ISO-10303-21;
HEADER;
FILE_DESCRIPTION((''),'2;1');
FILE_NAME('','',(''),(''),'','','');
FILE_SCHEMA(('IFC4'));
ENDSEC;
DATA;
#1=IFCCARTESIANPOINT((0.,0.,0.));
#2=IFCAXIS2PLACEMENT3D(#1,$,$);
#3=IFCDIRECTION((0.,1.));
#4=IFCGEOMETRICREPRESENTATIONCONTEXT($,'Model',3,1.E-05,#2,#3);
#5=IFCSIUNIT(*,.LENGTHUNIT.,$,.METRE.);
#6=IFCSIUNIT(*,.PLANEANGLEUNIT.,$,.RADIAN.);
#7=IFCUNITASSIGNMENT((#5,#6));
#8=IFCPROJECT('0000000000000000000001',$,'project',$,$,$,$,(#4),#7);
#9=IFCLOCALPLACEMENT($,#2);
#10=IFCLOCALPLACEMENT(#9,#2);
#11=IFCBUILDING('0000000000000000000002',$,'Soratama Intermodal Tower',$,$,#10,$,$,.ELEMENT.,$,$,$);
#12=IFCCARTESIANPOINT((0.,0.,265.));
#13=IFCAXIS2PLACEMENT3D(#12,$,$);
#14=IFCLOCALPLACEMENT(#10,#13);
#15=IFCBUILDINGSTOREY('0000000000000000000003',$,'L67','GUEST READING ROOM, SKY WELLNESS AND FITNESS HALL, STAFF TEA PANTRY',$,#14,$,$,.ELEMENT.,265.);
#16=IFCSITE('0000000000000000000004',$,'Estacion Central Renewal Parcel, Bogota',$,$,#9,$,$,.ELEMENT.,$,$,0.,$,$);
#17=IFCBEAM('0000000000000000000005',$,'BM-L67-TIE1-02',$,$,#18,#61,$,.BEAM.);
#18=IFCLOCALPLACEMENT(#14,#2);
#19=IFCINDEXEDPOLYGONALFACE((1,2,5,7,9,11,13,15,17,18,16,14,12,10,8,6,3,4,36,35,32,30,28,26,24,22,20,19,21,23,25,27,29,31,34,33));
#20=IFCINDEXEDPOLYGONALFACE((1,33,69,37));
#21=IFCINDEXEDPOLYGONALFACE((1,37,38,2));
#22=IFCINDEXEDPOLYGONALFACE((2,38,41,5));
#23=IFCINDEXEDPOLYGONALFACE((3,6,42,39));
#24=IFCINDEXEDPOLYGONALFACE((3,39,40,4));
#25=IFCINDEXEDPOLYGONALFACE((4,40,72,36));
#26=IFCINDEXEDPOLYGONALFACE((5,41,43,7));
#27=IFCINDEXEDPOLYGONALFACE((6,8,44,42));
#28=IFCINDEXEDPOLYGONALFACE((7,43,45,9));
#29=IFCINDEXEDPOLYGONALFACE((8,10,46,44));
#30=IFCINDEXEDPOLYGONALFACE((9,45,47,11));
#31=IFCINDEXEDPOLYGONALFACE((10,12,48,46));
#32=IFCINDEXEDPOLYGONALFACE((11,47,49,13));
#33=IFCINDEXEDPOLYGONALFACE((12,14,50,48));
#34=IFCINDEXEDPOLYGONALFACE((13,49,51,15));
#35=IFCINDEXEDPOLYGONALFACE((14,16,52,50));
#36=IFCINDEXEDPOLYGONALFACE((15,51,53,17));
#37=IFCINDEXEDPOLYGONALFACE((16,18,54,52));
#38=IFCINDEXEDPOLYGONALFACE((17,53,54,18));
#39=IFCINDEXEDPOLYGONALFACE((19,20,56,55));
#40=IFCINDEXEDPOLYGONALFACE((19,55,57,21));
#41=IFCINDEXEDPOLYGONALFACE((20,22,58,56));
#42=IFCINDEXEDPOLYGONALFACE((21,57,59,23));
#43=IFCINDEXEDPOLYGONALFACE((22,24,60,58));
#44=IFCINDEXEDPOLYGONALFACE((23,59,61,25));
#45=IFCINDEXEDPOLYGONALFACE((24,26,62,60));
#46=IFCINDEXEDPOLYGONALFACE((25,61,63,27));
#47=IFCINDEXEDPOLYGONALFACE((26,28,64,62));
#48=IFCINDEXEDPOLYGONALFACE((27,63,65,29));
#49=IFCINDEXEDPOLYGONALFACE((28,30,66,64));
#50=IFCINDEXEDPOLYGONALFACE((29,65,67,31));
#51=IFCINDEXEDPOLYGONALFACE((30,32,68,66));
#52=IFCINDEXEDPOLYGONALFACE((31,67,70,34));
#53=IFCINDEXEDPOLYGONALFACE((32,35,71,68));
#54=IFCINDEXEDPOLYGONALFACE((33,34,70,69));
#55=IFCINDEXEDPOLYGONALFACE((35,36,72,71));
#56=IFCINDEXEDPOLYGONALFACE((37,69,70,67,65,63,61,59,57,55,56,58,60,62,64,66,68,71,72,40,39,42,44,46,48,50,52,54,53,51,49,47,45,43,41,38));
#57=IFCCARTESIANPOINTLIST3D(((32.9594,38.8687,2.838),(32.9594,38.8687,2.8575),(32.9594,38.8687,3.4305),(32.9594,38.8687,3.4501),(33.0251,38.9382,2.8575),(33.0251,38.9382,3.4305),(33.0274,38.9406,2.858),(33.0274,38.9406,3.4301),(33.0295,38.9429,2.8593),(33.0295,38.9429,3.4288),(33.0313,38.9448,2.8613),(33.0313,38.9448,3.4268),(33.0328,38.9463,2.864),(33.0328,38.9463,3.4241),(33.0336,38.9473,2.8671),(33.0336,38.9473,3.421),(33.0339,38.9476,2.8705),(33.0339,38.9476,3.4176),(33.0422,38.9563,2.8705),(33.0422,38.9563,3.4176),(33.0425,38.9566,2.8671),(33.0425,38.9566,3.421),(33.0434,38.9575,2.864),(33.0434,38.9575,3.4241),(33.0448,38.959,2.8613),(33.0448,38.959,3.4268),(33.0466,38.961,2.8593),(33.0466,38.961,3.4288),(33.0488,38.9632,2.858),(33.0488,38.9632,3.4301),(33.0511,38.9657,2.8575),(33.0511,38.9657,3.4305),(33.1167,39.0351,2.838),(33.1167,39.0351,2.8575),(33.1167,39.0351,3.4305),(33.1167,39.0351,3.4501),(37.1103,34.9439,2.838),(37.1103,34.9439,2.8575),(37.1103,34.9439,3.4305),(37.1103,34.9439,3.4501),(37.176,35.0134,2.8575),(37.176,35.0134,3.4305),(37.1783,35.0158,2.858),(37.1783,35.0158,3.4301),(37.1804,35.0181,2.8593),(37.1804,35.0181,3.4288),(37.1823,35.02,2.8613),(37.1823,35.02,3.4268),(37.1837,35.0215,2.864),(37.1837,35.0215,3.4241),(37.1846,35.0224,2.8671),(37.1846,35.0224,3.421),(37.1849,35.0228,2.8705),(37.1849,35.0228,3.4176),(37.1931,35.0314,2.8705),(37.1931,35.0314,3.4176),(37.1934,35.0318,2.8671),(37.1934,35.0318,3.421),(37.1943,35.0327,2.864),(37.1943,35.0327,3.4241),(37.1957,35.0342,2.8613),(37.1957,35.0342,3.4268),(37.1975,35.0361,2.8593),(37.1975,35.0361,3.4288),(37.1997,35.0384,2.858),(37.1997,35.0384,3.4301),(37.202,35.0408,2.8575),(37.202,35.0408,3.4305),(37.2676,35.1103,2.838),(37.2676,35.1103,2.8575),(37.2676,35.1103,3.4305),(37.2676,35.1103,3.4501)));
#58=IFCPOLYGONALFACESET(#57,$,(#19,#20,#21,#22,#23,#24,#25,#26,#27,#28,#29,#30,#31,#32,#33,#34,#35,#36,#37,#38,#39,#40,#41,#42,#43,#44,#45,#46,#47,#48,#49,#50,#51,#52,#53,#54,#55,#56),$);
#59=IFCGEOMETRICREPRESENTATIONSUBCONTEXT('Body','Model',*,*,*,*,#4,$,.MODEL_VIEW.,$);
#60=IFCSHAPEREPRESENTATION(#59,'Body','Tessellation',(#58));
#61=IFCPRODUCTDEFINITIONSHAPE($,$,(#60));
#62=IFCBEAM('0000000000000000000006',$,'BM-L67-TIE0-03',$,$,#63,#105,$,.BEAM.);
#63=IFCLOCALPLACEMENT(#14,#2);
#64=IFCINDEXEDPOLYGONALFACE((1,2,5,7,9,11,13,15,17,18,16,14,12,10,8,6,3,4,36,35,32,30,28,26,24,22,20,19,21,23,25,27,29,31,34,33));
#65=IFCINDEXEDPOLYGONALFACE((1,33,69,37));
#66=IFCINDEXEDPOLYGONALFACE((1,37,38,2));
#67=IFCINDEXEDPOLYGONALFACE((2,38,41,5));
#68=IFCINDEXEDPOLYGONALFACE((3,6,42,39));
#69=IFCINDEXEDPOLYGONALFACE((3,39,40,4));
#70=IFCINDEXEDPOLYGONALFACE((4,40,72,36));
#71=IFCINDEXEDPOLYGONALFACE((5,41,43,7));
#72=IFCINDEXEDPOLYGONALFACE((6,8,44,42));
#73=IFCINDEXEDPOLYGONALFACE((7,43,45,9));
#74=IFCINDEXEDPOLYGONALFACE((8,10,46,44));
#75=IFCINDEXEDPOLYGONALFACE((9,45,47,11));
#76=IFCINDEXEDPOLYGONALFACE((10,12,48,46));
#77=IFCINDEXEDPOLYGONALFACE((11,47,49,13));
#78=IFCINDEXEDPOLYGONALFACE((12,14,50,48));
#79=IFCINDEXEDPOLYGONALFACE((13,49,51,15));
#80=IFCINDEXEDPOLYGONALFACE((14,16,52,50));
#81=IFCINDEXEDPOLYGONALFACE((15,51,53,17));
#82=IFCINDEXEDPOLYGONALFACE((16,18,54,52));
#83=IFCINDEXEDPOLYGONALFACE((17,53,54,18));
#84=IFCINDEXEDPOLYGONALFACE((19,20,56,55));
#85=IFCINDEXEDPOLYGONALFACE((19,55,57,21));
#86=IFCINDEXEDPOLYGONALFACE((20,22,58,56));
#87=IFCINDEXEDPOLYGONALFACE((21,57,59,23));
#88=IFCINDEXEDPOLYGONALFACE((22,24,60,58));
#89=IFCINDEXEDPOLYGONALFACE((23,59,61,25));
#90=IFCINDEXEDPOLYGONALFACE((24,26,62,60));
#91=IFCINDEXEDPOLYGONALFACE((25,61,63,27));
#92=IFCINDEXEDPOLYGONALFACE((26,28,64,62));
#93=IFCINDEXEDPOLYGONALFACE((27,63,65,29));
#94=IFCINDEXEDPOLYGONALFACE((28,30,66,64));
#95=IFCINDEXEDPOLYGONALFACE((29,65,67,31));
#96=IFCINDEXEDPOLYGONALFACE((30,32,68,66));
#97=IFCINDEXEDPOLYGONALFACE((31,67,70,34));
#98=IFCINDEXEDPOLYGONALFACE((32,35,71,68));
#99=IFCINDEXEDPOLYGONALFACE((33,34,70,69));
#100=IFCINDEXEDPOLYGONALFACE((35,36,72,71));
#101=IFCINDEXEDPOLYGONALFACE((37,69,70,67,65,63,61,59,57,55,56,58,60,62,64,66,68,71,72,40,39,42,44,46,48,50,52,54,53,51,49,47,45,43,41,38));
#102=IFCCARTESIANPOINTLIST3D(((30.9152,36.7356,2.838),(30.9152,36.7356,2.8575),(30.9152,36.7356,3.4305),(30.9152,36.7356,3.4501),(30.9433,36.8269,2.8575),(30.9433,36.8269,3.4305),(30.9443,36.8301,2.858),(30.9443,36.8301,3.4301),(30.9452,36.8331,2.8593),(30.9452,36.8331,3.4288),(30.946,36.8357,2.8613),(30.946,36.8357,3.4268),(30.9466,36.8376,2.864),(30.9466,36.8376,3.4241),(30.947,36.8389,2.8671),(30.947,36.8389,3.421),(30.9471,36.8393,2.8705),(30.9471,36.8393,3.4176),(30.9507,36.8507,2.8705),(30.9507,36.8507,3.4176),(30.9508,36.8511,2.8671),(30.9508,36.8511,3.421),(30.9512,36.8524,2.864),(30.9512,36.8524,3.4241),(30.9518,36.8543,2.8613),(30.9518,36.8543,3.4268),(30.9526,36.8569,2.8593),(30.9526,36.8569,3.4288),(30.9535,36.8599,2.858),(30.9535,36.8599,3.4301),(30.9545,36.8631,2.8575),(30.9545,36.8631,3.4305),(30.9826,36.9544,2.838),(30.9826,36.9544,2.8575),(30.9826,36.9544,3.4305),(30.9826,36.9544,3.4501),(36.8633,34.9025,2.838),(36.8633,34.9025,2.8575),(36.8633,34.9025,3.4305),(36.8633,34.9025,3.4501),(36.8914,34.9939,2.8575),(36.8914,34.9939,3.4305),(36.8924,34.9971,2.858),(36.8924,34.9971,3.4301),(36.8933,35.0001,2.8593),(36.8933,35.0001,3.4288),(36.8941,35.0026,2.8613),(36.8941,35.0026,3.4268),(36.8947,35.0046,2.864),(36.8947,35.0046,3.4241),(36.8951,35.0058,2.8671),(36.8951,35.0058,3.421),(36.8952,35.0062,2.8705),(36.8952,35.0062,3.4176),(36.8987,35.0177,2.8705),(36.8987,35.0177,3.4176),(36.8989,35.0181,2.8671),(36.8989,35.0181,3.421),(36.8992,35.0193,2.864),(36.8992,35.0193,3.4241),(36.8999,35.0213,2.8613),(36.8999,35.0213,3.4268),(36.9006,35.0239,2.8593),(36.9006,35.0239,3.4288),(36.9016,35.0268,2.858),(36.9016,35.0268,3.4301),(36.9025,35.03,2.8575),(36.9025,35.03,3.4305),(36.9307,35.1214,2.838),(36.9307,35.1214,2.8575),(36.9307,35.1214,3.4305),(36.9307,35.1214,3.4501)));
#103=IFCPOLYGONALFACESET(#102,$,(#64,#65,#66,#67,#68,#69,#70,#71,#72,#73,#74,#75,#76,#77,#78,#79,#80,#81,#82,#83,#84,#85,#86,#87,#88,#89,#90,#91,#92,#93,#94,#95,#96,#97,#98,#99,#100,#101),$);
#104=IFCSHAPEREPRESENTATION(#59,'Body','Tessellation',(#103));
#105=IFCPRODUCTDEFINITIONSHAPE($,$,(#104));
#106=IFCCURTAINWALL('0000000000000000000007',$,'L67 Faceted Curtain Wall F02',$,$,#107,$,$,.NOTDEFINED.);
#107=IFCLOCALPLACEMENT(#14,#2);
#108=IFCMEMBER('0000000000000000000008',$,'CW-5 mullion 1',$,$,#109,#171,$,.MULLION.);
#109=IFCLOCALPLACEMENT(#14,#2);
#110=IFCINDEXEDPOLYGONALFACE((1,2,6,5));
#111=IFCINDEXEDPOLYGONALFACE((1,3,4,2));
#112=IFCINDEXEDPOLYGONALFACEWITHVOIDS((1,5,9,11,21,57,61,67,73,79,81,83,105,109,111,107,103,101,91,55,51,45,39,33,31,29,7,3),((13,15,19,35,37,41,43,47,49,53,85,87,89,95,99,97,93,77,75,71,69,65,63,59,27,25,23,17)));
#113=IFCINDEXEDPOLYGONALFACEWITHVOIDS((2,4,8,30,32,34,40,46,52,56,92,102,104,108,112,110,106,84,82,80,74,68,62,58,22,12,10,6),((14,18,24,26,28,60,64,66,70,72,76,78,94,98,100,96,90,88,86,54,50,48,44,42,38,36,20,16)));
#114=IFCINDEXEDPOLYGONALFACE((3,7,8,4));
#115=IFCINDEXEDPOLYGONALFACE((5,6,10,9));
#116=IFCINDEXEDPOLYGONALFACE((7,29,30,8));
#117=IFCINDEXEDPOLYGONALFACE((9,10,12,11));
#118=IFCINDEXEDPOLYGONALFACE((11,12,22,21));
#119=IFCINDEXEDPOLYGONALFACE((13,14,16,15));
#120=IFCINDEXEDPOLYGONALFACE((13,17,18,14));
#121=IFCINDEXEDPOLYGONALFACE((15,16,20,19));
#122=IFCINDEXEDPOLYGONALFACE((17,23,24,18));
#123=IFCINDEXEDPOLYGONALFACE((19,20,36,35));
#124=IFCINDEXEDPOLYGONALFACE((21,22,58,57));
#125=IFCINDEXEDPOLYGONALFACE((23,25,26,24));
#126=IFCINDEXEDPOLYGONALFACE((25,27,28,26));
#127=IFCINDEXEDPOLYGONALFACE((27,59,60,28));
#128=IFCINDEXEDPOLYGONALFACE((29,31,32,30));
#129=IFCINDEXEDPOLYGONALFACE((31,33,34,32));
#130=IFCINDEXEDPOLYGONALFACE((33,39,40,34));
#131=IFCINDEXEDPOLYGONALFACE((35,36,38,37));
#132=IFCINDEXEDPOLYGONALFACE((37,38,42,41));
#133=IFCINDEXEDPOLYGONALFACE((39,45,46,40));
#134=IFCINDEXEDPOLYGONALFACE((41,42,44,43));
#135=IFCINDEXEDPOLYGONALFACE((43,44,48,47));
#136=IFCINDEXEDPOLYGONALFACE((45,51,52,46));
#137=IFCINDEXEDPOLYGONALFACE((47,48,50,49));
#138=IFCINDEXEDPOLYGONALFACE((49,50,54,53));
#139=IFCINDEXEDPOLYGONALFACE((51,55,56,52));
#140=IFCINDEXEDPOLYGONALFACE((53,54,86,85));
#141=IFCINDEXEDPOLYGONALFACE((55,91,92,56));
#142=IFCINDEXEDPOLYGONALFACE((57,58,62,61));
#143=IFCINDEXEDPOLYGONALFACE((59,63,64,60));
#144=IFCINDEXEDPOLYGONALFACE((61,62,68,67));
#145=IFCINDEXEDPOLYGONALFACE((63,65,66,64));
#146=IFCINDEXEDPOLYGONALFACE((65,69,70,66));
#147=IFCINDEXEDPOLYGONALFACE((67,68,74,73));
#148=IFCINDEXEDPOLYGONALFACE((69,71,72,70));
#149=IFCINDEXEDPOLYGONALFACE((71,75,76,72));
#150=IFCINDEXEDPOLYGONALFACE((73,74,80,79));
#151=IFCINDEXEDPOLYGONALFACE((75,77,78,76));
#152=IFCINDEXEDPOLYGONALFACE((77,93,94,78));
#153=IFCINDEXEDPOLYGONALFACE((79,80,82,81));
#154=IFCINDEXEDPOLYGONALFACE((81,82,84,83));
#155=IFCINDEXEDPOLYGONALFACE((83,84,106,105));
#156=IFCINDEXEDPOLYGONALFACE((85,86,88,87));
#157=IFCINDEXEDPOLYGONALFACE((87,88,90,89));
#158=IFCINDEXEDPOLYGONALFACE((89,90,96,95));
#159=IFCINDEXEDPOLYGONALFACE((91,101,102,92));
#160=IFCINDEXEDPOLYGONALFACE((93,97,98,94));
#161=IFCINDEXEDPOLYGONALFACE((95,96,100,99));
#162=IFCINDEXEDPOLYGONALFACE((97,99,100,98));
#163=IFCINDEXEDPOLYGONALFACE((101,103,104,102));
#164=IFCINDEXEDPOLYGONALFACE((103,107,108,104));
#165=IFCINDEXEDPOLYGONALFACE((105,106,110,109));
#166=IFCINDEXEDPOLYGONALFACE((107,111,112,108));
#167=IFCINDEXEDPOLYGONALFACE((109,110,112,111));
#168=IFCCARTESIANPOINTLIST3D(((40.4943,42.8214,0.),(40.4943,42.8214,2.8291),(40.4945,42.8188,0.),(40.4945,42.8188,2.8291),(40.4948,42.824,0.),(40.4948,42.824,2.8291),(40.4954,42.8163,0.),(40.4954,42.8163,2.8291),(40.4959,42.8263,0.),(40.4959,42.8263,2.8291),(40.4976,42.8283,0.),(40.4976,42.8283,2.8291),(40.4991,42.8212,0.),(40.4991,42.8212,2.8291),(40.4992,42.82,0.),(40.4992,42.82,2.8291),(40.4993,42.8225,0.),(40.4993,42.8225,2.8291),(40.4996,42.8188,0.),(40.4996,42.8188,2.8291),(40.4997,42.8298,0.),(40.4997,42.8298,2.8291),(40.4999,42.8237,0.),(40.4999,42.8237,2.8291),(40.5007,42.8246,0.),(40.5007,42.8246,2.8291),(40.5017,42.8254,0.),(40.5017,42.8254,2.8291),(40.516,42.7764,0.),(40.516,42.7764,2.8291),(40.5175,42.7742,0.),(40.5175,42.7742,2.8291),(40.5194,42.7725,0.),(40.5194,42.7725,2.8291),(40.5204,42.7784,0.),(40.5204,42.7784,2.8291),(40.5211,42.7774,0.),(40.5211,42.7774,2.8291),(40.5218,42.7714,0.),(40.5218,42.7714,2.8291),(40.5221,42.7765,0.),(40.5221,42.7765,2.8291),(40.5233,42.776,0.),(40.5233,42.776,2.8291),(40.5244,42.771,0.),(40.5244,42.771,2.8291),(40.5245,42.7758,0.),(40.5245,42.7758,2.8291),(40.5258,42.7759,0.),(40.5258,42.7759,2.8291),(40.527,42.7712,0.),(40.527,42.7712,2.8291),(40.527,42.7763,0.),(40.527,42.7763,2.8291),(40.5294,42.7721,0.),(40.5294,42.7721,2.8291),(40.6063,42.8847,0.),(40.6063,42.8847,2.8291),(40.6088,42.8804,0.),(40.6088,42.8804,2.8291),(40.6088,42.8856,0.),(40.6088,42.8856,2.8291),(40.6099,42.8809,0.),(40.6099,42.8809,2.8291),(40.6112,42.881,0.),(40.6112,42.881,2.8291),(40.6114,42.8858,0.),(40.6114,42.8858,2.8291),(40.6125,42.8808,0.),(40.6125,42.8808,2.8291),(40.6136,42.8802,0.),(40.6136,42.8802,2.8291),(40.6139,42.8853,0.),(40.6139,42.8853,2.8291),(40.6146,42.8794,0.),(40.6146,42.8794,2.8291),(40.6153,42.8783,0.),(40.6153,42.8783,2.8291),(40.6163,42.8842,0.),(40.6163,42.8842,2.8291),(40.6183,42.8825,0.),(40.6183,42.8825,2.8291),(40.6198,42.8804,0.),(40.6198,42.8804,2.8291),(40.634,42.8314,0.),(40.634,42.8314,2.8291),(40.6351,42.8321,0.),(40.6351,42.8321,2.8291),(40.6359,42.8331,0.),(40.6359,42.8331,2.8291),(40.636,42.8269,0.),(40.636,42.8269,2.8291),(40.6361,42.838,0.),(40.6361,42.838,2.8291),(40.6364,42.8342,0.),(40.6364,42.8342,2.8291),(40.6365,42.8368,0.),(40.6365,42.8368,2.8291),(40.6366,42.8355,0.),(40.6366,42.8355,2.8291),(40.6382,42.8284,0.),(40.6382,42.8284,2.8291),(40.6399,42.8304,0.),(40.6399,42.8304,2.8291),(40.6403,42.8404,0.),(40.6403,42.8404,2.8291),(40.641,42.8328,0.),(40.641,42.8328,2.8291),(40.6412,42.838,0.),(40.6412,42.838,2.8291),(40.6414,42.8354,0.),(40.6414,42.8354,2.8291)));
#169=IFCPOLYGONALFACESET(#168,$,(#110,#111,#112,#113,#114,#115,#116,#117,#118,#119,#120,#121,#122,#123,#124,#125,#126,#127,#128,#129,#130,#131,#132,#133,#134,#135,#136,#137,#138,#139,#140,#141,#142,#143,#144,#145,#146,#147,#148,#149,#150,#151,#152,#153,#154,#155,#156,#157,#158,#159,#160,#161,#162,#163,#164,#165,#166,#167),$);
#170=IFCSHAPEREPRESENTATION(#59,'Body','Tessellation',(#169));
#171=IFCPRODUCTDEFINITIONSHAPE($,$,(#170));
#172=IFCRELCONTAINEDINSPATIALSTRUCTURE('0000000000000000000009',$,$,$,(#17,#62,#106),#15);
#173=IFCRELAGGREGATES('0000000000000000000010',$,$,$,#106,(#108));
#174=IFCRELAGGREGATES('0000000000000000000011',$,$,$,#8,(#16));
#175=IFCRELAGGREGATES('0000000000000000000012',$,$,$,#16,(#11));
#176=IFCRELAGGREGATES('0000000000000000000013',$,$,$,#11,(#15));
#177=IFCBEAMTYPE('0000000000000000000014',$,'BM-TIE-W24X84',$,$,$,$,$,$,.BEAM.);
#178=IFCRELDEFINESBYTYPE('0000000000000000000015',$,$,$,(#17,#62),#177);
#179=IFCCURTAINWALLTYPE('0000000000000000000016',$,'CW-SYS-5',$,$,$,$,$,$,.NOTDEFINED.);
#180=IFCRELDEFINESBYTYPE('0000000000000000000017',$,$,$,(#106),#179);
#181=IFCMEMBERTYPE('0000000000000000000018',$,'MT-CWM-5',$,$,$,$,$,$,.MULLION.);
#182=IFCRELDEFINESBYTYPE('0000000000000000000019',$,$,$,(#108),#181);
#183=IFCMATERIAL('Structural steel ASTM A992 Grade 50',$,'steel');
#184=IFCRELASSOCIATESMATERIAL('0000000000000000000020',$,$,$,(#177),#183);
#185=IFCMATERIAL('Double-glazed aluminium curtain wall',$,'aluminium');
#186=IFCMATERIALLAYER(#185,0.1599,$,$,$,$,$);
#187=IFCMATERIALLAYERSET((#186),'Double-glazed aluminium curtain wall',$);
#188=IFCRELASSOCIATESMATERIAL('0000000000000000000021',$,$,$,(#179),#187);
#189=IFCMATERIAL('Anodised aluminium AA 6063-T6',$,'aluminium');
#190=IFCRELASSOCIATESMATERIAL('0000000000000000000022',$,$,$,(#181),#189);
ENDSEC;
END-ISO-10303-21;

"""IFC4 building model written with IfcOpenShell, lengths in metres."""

from ifc_helpers import new_model, si_unit, direction, frame, origin, origin_2d, place, context, subcontext, project, spatial, hollow_rectangle, i_section, extrude, material, layer, layer_set, material_profile, profile_set, type_object, element, aggregate, save


model = new_model("IFC4")

# Units and contexts
model_context = context("Model", 3, precision=1e-05, world=origin(), true_north=direction((0.0, 1.0)))
body_context = subcontext(model_context, "Body", "Model", "MODEL_VIEW")
ifc_project = project(units=[si_unit("LENGTHUNIT", "METRE"), si_unit("PLANEANGLEUNIT", "RADIAN")], contexts=[model_context])

# Site, building, storey
site_placement = place(None, origin())
site = spatial("IfcSite", under=ifc_project, at=site_placement, Name="Estacion Central Renewal Parcel, Bogota", CompositionType="ELEMENT", RefElevation=0.0)
building_placement = place(site_placement, origin())
building = spatial("IfcBuilding", under=site, at=building_placement, Name="Soratama Intermodal Tower", CompositionType="ELEMENT")
storey_placement = place(building_placement, frame((0.0, 0.0, 265.0)))
storey = spatial("IfcBuildingStorey", under=building, at=storey_placement, Name="L67", Description="GUEST READING ROOM, SKY WELLNESS AND FITNESS HALL, STAFF TEA PANTRY", CompositionType="ELEMENT", Elevation=265.0)

# Beams
ifc_material_1 = material(Name="Structural steel ASTM A992 Grade 50", Category="steel")
ifc_material_profile_1 = material_profile(ifc_material_1, i_section(OverallWidth=0.229, OverallDepth=0.6121, WebThickness=0.012, FlangeThickness=0.0195, FilletRadius=0.0129, at=origin_2d()), Name="W24X84")
ifc_profile_set_1 = profile_set([ifc_material_profile_1], Name="Structural steel ASTM A992 Grade 50")
beam_type_1 = type_object("IfcBeamType", Name="BM-TIE-W24X84", PredefinedType="BEAM", material=ifc_profile_set_1)
beam_1_placement = place(storey_placement, frame((37.189, 35.0271, 3.144), z_axis=(-0.726617, 0.687043, 0.0), x_axis=(-0.687043, -0.726617, 0.0)))
element("IfcBeam", 1, at=beam_1_placement, inside=storey, type_object=beam_type_1, Name="BM-L67-TIE1-02", PredefinedType="BEAM", context=body_context, shape_type="SweptSolid", body=[
    extrude(i_section(OverallWidth=0.229, OverallDepth=0.6121, WebThickness=0.012, FlangeThickness=0.0195, FilletRadius=0.0129, at=origin_2d()), origin(), (0.0, 0.0, 1.0), 5.7126),
])
beam_2_placement = place(storey_placement, frame((36.897, 35.012, 3.144), z_axis=(-0.95565, 0.294505, 0.0), x_axis=(-0.294505, -0.95565, 0.0)))
element("IfcBeam", 2, at=beam_2_placement, inside=storey, type_object=beam_type_1, Name="BM-L67-TIE0-03", PredefinedType="BEAM", context=body_context, shape_type="SweptSolid", body=[
    extrude(i_section(OverallWidth=0.229, OverallDepth=0.6121, WebThickness=0.012, FlangeThickness=0.0195, FilletRadius=0.0129, at=origin_2d()), origin(), (0.0, 0.0, 1.0), 6.2241),
])

# Curtain wall, member
ifc_material_2 = material(Name="Double-glazed aluminium curtain wall", Category="aluminium")
ifc_layer_1 = layer(ifc_material_2, 0.1599)
ifc_layer_set_1 = layer_set([ifc_layer_1], Name="Double-glazed aluminium curtain wall")
curtain_wall_type = type_object("IfcCurtainWallType", Name="CW-SYS-5", PredefinedType="NOTDEFINED", material=ifc_layer_set_1)
curtain_wall_placement = place(storey_placement, origin())
curtain_wall = element("IfcCurtainWall", 3, at=curtain_wall_placement, inside=storey, type_object=curtain_wall_type, Name="L67 Faceted Curtain Wall F02", PredefinedType="NOTDEFINED")
ifc_material_3 = material(Name="Anodised aluminium AA 6063-T6", Category="aluminium")
ifc_material_profile_2 = material_profile(ifc_material_3, hollow_rectangle(XDim=0.0649, YDim=0.1399, WallThickness=0.0049, InnerFilletRadius=0.0049, OuterFilletRadius=0.01, at=origin_2d()), Name="CWM140X65X5")
ifc_profile_set_2 = profile_set([ifc_material_profile_2], Name="Anodised aluminium AA 6063-T6")
member_type_1 = type_object("IfcMemberType", Name="MT-CWM-5", PredefinedType="MULLION", material=ifc_profile_set_2)
member_1_placement = place(storey_placement, frame((40.5679, 42.8284, 0.0), z_axis=(0.0, 0.0, 1.0), x_axis=(0.457719, -0.889097, 0.0)))
member_1 = element("IfcMember", 4, at=member_1_placement, type_object=member_type_1, Name="CW-5 mullion 1", PredefinedType="MULLION", context=body_context, shape_type="SweptSolid", body=[
    extrude(hollow_rectangle(XDim=0.0649, YDim=0.1399, WallThickness=0.0049, InnerFilletRadius=0.0049, OuterFilletRadius=0.01, at=origin_2d()), origin(), (0.0, 0.0, 1.0), 2.8291),
])
aggregate(curtain_wall, [member_1])

save(model, "model.ifc")
